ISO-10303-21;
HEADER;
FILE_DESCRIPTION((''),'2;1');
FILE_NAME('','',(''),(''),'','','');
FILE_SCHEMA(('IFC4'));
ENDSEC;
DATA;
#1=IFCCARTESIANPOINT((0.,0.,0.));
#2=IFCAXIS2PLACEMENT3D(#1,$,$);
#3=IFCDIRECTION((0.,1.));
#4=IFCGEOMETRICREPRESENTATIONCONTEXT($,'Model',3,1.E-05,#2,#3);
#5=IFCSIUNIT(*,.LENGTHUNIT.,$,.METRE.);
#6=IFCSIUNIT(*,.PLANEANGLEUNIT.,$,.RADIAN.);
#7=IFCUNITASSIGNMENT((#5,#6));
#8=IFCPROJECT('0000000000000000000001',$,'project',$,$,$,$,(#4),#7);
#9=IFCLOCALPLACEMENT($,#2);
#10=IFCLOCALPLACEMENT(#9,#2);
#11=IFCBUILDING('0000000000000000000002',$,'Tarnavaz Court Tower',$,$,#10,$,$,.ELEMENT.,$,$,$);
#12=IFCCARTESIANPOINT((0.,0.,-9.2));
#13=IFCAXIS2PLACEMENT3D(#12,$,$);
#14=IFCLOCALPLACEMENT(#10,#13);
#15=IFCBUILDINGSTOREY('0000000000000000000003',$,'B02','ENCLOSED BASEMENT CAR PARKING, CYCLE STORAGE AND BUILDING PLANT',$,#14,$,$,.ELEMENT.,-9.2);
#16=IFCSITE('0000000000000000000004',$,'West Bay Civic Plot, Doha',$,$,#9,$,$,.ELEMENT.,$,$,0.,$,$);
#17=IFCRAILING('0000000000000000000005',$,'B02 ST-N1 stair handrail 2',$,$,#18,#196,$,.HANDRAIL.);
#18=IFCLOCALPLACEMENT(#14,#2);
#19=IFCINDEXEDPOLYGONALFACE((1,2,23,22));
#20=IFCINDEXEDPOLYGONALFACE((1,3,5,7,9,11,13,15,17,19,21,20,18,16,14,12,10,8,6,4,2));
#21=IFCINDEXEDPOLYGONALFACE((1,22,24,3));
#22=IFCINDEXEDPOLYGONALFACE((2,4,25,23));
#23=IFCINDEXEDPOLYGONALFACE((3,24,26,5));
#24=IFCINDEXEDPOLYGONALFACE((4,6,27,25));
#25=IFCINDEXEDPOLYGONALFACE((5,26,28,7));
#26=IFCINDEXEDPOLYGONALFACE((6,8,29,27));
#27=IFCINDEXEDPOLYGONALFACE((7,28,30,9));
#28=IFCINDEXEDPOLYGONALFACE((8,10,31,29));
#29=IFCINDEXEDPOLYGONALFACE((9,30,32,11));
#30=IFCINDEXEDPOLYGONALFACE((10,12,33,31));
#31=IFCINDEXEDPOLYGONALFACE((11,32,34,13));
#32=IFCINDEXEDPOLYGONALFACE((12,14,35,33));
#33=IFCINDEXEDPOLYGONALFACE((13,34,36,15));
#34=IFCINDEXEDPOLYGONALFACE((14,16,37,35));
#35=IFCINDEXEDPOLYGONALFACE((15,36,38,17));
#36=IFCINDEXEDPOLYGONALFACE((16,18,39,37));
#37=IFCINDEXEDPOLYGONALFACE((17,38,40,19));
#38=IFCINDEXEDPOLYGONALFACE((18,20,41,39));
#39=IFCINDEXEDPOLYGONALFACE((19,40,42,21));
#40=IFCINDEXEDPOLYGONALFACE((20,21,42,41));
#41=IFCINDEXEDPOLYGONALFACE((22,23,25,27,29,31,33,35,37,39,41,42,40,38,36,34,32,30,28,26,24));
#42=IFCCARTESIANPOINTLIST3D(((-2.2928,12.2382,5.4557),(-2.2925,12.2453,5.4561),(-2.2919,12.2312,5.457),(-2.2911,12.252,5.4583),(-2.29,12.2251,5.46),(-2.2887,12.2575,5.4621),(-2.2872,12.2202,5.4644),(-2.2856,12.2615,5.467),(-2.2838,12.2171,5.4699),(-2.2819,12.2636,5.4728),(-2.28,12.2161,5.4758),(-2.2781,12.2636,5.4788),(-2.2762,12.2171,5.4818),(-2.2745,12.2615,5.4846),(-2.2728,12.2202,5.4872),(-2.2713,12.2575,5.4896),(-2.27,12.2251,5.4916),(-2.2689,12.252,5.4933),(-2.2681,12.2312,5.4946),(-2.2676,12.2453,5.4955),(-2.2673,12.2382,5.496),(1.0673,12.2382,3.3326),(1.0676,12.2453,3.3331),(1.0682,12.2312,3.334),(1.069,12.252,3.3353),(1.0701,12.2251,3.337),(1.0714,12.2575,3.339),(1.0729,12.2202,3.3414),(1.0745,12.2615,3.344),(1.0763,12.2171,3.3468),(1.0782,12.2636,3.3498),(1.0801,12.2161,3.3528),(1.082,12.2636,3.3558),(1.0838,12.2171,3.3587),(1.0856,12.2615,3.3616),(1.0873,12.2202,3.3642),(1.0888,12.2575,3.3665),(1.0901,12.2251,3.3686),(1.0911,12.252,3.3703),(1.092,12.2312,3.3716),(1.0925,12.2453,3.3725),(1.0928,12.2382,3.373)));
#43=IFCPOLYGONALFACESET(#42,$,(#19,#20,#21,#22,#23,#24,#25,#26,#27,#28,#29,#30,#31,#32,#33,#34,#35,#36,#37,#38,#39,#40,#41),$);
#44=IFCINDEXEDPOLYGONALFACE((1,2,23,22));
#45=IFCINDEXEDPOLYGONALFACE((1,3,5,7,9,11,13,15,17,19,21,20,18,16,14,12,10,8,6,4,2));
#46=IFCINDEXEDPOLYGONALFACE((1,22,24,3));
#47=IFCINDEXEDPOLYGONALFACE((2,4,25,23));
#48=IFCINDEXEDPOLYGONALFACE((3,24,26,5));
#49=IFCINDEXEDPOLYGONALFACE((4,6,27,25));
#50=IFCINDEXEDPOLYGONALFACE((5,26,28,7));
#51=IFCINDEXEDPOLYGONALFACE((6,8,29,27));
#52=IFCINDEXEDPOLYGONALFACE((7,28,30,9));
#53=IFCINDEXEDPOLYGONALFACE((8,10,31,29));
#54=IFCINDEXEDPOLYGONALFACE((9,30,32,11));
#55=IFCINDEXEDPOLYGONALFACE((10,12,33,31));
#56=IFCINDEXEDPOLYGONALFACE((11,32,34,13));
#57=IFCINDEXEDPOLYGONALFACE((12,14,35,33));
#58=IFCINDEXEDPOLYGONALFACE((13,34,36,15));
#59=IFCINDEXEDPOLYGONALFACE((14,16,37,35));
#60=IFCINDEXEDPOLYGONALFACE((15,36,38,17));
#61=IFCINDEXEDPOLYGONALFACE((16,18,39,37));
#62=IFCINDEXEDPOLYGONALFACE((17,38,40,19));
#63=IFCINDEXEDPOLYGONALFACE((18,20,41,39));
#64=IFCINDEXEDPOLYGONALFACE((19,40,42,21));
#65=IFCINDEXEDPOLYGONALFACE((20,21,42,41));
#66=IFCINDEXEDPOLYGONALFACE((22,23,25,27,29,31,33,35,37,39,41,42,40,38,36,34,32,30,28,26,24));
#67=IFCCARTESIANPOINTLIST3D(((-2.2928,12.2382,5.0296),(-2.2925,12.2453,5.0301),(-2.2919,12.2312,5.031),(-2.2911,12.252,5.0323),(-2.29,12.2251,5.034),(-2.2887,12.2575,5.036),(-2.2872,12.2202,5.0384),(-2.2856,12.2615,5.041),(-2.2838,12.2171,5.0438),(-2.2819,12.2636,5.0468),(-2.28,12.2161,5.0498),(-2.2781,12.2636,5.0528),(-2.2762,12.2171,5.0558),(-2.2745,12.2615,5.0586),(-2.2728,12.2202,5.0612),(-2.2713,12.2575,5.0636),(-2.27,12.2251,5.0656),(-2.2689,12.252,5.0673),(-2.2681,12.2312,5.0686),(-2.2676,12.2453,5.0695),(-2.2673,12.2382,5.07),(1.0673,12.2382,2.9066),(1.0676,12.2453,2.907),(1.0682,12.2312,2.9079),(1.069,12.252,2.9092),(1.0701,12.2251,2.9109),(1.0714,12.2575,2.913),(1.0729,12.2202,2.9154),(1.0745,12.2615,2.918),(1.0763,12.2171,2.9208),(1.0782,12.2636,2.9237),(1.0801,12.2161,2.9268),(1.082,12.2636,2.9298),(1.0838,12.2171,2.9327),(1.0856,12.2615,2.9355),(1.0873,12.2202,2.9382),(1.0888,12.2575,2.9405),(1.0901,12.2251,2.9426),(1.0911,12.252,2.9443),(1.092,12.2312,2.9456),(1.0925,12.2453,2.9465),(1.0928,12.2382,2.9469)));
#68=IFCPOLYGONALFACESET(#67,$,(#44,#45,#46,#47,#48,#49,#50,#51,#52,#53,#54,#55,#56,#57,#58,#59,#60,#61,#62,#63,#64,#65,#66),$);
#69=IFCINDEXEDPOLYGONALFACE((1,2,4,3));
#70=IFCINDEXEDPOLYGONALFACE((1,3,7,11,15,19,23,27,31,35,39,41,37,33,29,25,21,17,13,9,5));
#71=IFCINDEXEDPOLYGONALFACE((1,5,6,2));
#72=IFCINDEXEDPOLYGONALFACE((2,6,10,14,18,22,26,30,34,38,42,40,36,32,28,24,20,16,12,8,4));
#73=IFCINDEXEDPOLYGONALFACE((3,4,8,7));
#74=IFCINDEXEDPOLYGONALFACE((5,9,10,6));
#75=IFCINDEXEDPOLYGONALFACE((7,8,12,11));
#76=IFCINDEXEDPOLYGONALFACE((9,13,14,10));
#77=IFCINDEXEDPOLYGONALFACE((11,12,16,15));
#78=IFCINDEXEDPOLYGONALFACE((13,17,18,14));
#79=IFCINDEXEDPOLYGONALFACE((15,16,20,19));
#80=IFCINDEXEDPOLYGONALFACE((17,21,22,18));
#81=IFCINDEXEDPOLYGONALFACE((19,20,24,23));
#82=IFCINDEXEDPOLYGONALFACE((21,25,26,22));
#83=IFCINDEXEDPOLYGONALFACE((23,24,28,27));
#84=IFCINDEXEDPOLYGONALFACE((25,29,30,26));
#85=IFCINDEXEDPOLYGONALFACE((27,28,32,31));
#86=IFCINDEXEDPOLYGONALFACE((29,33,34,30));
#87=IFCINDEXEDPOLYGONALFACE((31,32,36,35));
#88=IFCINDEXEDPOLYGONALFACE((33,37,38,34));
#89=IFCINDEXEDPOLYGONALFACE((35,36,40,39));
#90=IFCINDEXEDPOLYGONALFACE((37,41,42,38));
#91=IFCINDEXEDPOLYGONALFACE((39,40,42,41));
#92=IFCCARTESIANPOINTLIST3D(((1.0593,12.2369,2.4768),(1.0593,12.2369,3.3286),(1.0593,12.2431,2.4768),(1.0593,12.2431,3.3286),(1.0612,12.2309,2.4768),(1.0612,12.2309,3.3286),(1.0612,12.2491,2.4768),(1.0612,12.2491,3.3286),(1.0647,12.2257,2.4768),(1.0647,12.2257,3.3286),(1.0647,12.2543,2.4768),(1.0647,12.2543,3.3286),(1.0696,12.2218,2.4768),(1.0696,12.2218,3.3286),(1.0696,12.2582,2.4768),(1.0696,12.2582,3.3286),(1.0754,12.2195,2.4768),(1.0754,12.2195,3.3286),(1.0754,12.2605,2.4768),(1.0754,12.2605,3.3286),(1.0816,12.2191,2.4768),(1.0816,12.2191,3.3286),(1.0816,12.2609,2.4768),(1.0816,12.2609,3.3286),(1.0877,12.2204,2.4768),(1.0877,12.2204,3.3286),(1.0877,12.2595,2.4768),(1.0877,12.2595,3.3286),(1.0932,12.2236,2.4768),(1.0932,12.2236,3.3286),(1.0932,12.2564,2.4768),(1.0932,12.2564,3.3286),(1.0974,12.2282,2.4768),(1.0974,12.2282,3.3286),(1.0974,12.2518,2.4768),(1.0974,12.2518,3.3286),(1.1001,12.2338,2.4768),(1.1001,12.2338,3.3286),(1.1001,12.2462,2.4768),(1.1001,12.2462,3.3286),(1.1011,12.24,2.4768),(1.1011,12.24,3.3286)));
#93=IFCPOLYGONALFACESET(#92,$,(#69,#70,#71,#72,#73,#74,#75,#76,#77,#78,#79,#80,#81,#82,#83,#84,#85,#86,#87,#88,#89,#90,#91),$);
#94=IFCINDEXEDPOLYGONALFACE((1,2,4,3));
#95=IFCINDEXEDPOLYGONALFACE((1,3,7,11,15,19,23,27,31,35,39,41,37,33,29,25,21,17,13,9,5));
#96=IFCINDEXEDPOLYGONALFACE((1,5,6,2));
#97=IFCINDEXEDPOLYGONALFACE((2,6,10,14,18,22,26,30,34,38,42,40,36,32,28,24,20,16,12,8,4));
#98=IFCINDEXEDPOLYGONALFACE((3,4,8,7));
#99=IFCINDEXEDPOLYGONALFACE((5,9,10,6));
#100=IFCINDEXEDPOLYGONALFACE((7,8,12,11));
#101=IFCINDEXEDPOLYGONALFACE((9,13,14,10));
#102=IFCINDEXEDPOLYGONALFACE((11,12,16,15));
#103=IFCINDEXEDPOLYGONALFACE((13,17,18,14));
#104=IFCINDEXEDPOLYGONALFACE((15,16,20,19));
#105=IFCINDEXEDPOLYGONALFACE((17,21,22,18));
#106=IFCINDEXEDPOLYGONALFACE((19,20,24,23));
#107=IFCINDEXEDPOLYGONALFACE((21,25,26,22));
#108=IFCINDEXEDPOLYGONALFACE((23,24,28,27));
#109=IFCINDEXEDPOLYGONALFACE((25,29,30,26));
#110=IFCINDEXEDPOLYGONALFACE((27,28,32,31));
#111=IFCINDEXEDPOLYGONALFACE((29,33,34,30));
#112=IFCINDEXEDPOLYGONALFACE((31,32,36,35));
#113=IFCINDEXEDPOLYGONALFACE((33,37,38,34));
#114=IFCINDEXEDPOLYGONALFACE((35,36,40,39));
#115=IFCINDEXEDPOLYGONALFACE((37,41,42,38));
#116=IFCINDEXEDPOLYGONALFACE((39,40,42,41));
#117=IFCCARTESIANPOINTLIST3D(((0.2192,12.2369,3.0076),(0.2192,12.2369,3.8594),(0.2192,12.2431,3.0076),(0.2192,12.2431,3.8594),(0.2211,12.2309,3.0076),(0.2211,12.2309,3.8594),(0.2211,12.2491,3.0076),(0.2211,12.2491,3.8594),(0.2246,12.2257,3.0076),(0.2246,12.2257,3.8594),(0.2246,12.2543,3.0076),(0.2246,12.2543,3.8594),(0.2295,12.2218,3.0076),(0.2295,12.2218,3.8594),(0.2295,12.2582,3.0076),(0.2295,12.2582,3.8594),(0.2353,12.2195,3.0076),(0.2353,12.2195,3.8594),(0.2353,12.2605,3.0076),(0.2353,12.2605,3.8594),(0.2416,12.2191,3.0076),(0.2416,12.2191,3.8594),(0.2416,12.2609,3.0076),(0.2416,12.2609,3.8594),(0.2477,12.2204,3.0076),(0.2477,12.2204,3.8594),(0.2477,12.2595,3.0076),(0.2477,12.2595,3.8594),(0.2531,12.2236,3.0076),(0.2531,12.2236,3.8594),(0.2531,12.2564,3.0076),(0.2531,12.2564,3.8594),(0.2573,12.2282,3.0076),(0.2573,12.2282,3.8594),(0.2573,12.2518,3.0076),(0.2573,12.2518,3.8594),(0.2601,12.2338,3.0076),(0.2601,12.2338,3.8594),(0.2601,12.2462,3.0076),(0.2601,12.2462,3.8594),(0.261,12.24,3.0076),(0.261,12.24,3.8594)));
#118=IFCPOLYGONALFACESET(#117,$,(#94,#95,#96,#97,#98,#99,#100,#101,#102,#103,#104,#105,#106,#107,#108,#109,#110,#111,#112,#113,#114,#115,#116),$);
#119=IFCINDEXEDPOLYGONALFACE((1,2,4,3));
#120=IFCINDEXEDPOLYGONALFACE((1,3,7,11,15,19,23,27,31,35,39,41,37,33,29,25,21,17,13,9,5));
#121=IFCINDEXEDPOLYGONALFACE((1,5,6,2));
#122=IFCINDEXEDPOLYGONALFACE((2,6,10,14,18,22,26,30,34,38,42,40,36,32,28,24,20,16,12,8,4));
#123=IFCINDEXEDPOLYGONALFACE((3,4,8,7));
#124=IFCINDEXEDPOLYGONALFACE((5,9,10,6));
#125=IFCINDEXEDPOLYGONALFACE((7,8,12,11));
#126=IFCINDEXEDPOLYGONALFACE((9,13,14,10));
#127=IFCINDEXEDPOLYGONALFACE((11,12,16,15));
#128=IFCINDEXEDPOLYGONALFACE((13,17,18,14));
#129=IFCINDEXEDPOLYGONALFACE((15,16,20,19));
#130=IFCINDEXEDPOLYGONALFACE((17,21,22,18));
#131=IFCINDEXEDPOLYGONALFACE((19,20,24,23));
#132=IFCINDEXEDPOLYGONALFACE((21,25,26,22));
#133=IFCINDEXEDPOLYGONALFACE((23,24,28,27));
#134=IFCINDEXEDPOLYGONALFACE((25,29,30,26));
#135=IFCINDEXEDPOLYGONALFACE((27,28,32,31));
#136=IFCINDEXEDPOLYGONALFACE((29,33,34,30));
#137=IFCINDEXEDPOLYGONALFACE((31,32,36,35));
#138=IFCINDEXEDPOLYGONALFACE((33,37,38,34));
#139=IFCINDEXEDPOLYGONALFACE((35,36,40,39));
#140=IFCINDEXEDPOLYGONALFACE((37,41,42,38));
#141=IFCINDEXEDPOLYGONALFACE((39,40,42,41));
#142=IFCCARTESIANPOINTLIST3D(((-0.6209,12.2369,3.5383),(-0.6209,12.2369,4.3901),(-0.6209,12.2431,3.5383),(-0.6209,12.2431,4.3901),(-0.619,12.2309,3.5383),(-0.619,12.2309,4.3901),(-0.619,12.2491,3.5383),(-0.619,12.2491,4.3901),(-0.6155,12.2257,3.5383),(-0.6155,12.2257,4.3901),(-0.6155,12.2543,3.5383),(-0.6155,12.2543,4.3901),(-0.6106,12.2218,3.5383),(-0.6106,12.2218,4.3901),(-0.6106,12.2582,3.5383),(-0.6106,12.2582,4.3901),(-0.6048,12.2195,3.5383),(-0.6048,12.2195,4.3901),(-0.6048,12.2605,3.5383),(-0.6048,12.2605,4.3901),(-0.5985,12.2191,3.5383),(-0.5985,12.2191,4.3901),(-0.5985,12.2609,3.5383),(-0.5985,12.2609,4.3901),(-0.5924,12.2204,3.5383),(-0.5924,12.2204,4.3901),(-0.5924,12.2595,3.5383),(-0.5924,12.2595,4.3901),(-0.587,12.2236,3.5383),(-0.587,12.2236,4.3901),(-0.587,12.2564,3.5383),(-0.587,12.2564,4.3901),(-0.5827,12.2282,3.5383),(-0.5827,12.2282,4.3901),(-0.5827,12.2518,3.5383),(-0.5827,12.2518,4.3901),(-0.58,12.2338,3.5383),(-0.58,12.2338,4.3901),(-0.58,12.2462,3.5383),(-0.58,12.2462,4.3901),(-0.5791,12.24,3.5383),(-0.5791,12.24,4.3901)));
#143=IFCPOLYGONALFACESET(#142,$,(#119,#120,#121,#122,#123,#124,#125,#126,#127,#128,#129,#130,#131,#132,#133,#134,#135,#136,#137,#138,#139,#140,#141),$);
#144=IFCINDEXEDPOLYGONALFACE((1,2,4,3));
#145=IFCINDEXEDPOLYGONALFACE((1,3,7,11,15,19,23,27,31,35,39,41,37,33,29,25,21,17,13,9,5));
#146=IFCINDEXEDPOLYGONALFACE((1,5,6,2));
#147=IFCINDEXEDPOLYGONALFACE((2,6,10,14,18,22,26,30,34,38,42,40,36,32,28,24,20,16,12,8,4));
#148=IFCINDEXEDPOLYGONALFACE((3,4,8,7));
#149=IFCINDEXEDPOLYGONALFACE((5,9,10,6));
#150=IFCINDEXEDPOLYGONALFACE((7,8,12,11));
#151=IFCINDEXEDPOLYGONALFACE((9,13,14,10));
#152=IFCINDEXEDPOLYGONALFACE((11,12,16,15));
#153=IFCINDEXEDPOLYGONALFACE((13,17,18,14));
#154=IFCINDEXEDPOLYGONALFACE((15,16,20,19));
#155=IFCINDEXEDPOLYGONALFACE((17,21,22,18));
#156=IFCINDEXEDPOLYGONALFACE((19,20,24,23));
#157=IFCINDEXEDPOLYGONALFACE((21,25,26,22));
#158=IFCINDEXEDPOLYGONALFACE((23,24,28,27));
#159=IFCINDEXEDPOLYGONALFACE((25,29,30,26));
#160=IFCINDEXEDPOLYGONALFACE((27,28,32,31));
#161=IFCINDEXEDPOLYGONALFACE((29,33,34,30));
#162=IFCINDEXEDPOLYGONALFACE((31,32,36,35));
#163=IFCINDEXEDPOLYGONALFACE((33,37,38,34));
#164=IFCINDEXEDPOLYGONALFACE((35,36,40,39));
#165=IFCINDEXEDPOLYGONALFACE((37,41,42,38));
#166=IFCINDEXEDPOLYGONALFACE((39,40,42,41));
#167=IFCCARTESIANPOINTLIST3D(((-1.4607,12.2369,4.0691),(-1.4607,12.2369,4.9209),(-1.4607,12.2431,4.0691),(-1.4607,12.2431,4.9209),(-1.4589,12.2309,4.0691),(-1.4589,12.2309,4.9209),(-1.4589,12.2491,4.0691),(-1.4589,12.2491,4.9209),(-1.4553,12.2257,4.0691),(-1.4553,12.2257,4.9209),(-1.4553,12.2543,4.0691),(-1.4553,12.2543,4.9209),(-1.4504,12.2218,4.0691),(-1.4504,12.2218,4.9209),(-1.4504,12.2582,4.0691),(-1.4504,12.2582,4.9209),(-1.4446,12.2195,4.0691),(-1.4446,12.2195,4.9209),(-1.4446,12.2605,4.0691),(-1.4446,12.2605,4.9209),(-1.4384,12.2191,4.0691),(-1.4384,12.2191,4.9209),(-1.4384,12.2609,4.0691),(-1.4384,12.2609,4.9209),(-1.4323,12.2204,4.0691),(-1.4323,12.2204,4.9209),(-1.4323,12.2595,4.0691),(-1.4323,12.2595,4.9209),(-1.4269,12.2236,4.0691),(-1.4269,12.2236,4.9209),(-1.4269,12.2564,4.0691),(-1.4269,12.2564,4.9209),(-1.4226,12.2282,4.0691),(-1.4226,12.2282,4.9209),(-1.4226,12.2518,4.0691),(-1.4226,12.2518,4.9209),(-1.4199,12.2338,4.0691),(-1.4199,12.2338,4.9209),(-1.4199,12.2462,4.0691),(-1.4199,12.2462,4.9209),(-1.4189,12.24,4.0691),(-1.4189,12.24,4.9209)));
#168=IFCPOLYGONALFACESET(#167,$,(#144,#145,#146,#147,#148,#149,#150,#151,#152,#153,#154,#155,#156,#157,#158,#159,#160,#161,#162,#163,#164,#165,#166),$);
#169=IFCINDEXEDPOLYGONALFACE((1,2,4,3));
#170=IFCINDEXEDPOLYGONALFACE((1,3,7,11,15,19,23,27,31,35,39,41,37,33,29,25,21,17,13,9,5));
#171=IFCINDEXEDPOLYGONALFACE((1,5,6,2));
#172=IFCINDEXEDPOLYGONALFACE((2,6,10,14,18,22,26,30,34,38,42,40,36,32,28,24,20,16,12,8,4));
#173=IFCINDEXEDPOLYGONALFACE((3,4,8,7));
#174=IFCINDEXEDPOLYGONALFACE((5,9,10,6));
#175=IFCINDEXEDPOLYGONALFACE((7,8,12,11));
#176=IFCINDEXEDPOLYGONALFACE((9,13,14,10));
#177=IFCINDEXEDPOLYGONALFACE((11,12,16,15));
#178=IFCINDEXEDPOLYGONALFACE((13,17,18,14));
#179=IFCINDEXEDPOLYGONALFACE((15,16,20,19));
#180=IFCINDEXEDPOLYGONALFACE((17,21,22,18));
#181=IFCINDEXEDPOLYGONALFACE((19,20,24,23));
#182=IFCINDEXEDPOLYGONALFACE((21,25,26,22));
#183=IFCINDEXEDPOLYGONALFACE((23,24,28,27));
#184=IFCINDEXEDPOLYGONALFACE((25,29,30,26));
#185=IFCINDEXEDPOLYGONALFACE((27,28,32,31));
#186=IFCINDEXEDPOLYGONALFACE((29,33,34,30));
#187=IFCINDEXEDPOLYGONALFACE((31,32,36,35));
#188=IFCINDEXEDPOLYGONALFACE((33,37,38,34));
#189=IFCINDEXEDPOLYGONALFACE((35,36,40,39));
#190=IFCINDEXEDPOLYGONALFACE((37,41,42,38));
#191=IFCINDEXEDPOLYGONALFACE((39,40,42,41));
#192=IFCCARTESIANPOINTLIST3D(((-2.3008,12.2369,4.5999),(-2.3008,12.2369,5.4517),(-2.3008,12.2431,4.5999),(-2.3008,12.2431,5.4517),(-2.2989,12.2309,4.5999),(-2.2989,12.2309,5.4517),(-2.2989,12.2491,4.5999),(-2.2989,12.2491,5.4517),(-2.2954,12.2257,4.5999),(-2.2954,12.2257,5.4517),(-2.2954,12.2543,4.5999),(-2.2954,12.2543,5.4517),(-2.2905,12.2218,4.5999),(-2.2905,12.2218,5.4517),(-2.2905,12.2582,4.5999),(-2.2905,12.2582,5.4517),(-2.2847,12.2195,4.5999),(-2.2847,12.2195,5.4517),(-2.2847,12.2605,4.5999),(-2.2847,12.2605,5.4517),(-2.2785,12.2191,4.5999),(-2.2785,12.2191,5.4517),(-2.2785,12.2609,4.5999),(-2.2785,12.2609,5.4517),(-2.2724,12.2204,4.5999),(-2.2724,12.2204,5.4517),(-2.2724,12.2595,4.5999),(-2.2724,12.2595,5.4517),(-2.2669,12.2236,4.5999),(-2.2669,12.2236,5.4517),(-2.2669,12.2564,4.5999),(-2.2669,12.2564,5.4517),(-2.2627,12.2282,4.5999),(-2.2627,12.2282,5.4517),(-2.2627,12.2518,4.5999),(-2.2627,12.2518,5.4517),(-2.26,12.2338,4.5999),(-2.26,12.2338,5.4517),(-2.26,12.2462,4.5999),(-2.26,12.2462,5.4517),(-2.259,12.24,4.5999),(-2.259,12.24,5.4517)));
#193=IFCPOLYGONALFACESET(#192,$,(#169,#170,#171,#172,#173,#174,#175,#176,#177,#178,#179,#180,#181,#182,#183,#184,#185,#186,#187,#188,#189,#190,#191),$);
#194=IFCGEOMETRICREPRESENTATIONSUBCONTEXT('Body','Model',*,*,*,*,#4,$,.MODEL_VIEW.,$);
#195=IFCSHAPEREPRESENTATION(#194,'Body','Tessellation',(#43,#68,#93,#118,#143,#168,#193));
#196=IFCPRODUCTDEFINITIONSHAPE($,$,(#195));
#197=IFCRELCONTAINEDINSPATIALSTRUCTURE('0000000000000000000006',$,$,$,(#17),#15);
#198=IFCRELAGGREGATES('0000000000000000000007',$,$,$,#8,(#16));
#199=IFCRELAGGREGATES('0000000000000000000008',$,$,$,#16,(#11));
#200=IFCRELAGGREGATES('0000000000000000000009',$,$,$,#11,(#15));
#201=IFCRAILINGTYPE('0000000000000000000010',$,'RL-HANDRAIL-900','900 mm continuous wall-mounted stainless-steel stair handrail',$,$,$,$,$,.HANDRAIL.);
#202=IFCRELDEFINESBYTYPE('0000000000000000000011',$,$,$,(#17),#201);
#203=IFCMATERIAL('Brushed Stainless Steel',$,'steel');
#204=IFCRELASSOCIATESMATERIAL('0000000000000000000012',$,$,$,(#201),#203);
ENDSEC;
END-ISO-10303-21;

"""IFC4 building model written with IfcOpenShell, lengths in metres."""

from ifc_helpers import new_model, si_unit, direction, frame, origin, origin_2d, place, context, subcontext, project, spatial, circle, extrude, material, type_object, element, save


model = new_model("IFC4")

# Units and contexts
model_context = context("Model", 3, precision=1e-05, world=origin(), true_north=direction((0.0, 1.0)))
body_context = subcontext(model_context, "Body", "Model", "MODEL_VIEW")
ifc_project = project(units=[si_unit("LENGTHUNIT", "METRE"), si_unit("PLANEANGLEUNIT", "RADIAN")], contexts=[model_context])

# Site, building, storey
site_placement = place(None, origin())
site = spatial("IfcSite", under=ifc_project, at=site_placement, Name="West Bay Civic Plot, Doha", CompositionType="ELEMENT", RefElevation=0.0)
building_placement = place(site_placement, origin())
building = spatial("IfcBuilding", under=site, at=building_placement, Name="Tarnavaz Court Tower", CompositionType="ELEMENT")
storey_placement = place(building_placement, frame((0.0, 0.0, -9.2)))
storey = spatial("IfcBuildingStorey", under=building, at=storey_placement, Name="B02", Description="ENCLOSED BASEMENT CAR PARKING, CYCLE STORAGE AND BUILDING PLANT", CompositionType="ELEMENT", Elevation=-9.2)

# Railing
ifc_material_1 = material(Name="Brushed Stainless Steel", Category="steel")
railing_type_1 = type_object("IfcRailingType", Name="RL-HANDRAIL-900", Description="900 mm continuous wall-mounted stainless-steel stair handrail", PredefinedType="HANDRAIL", material=ifc_material_1)
railing_1_placement = place(storey_placement, frame((1.0801, 12.24, 2.4768)))
element("IfcRailing", 1, at=railing_1_placement, inside=storey, type_object=railing_type_1, Name="B02 ST-N1 stair handrail 2", PredefinedType="HANDRAIL", context=body_context, shape_type="SweptSolid", body=[
    extrude(circle(Radius=0.0239, at=origin_2d()), frame((0.0, 0.0, 0.876), z_axis=(-0.84539, 0.0, 0.53415), x_axis=(0.0, -1.0, 0.0)), (0.0, 0.0, 1.0), 3.9746),
    extrude(circle(Radius=0.0239, at=origin_2d()), frame((0.0, 0.0, 0.45), z_axis=(-0.84539, 0.0, 0.53415), x_axis=(0.0, -1.0, 0.0)), (0.0, 0.0, 1.0), 3.9746),
    extrude(circle(Radius=0.021, at=origin_2d()), origin(), (0.0, 0.0, 1.0), 0.8518),
    extrude(circle(Radius=0.021, at=origin_2d()), frame((-0.8401, 0.0, 0.5308)), (0.0, 0.0, 1.0), 0.8518),
    extrude(circle(Radius=0.021, at=origin_2d()), frame((-1.6802, 0.0, 1.0615)), (0.0, 0.0, 1.0), 0.8518),
    extrude(circle(Radius=0.021, at=origin_2d()), frame((-2.52, 0.0, 1.5923)), (0.0, 0.0, 1.0), 0.8518),
    extrude(circle(Radius=0.021, at=origin_2d()), frame((-3.3601, 0.0, 2.123)), (0.0, 0.0, 1.0), 0.8518),
])

save(model, "model.ifc")
